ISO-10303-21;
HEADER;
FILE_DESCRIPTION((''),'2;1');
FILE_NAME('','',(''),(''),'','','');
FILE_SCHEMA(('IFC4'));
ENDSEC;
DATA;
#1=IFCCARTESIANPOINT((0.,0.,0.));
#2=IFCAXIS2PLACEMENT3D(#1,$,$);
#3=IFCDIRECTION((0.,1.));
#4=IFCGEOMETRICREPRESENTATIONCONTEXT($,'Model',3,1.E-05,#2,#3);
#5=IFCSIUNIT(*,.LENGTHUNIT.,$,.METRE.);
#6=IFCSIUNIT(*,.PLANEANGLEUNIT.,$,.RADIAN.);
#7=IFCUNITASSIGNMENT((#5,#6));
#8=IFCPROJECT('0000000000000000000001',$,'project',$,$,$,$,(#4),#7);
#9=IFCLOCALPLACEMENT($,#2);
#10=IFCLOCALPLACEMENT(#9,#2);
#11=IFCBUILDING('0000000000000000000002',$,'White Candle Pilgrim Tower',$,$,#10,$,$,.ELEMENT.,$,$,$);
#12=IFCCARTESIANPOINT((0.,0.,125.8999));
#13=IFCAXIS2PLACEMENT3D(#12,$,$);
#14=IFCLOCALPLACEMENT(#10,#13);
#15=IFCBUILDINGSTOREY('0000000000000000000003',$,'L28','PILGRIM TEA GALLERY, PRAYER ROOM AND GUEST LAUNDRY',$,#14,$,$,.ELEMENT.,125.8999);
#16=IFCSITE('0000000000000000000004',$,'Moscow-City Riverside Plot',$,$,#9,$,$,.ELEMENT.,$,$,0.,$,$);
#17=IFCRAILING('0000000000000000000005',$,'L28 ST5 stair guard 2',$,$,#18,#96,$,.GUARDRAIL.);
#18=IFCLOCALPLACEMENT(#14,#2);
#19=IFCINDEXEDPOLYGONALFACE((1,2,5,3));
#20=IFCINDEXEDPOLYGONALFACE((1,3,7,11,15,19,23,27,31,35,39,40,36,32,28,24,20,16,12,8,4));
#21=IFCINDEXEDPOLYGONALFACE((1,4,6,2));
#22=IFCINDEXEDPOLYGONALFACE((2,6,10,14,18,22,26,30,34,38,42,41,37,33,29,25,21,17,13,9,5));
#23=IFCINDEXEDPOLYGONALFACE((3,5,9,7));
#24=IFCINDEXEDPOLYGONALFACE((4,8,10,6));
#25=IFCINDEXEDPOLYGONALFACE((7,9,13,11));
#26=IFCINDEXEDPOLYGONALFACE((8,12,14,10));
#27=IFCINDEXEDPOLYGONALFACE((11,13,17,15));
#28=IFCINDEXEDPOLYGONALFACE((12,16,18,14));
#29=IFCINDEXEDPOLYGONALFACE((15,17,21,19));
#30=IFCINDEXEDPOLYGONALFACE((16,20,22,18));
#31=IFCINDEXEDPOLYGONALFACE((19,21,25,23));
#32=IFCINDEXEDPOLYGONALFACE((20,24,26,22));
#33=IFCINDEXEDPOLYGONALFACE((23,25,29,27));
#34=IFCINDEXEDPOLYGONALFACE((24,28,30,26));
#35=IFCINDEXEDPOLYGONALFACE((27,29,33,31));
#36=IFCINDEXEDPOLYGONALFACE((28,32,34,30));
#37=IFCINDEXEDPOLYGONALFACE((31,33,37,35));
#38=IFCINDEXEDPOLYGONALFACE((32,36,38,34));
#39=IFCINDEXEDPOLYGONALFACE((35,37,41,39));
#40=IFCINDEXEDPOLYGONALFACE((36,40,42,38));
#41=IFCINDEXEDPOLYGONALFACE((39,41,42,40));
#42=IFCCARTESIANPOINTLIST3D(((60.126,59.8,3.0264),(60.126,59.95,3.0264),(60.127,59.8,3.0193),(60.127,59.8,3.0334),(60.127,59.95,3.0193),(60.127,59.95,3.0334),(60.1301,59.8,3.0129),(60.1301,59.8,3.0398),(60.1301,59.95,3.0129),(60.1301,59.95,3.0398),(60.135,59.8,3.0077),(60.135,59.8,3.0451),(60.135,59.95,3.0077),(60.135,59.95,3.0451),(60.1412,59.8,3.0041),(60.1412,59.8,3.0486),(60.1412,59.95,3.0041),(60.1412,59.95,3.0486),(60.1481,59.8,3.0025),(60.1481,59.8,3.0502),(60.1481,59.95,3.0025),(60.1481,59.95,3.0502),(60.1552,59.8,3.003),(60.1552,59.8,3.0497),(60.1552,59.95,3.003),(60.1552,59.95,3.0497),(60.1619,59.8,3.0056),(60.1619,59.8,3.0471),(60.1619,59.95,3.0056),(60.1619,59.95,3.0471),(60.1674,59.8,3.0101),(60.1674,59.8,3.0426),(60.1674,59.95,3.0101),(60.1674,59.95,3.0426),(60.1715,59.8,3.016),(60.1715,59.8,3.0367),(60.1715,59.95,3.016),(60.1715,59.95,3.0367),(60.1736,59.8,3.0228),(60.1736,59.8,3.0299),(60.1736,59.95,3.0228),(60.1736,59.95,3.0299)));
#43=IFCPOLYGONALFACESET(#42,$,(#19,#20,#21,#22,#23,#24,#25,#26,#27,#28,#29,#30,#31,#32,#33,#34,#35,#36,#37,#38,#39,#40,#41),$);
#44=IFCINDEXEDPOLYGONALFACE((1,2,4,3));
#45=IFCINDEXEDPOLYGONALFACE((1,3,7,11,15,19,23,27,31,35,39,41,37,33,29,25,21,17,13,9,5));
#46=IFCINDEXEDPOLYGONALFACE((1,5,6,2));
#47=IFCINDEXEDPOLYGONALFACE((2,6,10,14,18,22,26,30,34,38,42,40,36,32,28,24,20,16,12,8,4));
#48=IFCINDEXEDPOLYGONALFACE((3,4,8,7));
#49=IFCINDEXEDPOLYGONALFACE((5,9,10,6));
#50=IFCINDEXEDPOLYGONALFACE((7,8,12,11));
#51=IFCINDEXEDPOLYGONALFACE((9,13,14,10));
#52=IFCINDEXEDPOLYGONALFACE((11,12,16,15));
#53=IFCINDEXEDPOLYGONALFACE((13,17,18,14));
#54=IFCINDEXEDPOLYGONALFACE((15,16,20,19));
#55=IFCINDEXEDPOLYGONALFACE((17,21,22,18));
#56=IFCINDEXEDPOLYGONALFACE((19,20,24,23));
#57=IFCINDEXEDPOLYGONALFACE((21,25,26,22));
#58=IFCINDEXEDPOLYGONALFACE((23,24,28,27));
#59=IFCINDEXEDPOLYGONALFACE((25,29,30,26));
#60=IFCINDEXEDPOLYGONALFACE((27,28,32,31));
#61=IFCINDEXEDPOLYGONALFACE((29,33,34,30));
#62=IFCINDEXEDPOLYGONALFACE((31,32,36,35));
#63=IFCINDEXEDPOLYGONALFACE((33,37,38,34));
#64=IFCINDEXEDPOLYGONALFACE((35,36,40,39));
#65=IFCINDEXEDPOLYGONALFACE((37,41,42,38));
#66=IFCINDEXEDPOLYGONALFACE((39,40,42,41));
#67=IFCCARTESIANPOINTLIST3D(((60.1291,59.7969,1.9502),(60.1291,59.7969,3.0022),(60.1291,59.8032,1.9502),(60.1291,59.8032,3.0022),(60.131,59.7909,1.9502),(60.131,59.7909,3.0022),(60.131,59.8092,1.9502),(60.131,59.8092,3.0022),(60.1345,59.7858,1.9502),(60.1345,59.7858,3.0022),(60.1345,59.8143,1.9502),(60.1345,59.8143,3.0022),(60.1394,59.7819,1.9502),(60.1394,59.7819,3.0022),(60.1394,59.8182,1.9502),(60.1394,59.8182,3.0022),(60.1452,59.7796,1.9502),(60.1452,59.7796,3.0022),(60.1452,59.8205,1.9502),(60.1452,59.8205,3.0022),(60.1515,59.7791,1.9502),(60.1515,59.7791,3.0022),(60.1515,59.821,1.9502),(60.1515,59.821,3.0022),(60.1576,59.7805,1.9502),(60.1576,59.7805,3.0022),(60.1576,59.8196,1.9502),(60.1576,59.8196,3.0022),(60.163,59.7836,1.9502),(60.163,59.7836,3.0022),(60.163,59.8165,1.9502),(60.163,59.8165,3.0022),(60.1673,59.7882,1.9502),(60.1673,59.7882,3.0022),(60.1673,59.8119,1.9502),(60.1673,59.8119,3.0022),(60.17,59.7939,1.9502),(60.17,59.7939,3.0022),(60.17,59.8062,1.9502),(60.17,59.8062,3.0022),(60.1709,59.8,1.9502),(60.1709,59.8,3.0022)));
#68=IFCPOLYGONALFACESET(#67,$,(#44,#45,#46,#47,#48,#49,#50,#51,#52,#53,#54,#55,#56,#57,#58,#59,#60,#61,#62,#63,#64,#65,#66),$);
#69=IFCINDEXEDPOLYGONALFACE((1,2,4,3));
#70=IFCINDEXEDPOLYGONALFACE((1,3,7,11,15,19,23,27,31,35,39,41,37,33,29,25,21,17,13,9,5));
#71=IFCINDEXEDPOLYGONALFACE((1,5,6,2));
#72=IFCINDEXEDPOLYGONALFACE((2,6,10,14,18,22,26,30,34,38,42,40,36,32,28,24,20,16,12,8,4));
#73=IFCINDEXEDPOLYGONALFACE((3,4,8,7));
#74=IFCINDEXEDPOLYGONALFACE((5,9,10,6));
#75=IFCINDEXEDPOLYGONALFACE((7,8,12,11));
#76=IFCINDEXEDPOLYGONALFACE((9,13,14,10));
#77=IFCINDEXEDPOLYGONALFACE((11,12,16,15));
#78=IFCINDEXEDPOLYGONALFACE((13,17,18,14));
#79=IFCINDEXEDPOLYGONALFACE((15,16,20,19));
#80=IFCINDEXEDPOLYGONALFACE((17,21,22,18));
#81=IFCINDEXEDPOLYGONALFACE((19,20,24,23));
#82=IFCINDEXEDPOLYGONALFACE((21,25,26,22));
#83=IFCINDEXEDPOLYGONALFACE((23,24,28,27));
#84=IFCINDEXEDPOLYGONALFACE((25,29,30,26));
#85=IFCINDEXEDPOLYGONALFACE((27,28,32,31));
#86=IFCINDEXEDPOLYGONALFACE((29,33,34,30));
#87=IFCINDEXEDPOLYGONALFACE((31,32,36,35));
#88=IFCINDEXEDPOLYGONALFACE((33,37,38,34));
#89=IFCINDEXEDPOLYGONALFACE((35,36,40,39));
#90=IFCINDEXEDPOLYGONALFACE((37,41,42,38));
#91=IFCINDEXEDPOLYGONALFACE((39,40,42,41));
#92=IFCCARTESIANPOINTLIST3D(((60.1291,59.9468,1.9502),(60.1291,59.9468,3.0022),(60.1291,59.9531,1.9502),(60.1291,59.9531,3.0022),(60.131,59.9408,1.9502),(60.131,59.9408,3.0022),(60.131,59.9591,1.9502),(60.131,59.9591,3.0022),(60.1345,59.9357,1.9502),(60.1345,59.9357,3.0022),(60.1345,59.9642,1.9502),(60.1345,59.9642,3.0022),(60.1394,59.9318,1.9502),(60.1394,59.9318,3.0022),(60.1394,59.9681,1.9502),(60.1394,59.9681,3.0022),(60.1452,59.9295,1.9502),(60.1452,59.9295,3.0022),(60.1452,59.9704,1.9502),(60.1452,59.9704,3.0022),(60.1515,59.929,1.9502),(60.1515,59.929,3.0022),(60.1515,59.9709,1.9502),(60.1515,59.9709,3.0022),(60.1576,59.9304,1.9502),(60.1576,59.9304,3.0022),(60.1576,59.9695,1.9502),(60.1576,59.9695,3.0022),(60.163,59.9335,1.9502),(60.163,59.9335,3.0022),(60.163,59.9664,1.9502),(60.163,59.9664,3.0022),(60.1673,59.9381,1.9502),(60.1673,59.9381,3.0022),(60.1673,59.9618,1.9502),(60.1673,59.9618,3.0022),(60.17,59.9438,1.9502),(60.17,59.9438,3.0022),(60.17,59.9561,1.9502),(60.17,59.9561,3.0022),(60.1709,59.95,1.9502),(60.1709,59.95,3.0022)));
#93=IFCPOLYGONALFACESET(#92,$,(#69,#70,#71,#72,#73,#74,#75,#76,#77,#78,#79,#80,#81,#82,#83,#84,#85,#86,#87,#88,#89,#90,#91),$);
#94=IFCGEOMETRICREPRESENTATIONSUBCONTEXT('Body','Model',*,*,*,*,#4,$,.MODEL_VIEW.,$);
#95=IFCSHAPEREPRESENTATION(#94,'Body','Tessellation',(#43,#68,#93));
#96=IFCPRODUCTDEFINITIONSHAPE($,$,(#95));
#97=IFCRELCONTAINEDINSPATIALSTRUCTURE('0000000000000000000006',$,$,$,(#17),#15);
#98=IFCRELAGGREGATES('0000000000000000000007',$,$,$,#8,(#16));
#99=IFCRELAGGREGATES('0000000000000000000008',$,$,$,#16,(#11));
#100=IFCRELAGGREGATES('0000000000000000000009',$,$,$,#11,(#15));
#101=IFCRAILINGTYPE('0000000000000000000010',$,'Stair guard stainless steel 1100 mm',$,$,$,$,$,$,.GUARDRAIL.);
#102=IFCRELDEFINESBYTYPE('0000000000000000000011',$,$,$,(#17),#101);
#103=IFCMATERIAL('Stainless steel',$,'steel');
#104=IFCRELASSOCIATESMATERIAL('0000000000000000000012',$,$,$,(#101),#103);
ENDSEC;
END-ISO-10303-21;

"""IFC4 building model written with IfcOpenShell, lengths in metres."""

from ifc_helpers import new_model, si_unit, direction, frame, origin, origin_2d, place, context, subcontext, project, spatial, circle, extrude, material, type_object, element, save


model = new_model("IFC4")

# Units and contexts
model_context = context("Model", 3, precision=1e-05, world=origin(), true_north=direction((0.0, 1.0)))
body_context = subcontext(model_context, "Body", "Model", "MODEL_VIEW")
ifc_project = project(units=[si_unit("LENGTHUNIT", "METRE"), si_unit("PLANEANGLEUNIT", "RADIAN")], contexts=[model_context])

# Site, building, storey
site_placement = place(None, origin())
site = spatial("IfcSite", under=ifc_project, at=site_placement, Name="Moscow-City Riverside Plot", CompositionType="ELEMENT", RefElevation=0.0)
building_placement = place(site_placement, origin())
building = spatial("IfcBuilding", under=site, at=building_placement, Name="White Candle Pilgrim Tower", CompositionType="ELEMENT")
storey_placement = place(building_placement, frame((0.0, 0.0, 125.8999)))
storey = spatial("IfcBuildingStorey", under=building, at=storey_placement, Name="L28", Description="PILGRIM TEA GALLERY, PRAYER ROOM AND GUEST LAUNDRY", CompositionType="ELEMENT", Elevation=125.8999)

# Railing
ifc_material_1 = material(Name="Stainless steel", Category="steel")
railing_type_1 = type_object("IfcRailingType", Name="Stair guard stainless steel 1100 mm", PredefinedType="GUARDRAIL", material=ifc_material_1)
railing_1_placement = place(storey_placement, frame((60.1499, 59.8, 1.9502)))
element("IfcRailing", 1, at=railing_1_placement, inside=storey, type_object=railing_type_1, Name="L28 ST5 stair guard 2", PredefinedType="GUARDRAIL", context=body_context, shape_type="SweptSolid", body=[
    extrude(circle(Radius=0.0239, at=origin_2d()), frame((0.0, 0.0, 1.0762), z_axis=(0.0, 1.0, 0.0), x_axis=(-1.0, 0.0, 0.0)), (0.0, 0.0, 1.0), 0.1499),
    extrude(circle(Radius=0.021, at=origin_2d()), origin(), (0.0, 0.0, 1.0), 1.052),
    extrude(circle(Radius=0.021, at=origin_2d()), frame((0.0, 0.1499, 0.0)), (0.0, 0.0, 1.0), 1.052),
])

save(model, "model.ifc")
